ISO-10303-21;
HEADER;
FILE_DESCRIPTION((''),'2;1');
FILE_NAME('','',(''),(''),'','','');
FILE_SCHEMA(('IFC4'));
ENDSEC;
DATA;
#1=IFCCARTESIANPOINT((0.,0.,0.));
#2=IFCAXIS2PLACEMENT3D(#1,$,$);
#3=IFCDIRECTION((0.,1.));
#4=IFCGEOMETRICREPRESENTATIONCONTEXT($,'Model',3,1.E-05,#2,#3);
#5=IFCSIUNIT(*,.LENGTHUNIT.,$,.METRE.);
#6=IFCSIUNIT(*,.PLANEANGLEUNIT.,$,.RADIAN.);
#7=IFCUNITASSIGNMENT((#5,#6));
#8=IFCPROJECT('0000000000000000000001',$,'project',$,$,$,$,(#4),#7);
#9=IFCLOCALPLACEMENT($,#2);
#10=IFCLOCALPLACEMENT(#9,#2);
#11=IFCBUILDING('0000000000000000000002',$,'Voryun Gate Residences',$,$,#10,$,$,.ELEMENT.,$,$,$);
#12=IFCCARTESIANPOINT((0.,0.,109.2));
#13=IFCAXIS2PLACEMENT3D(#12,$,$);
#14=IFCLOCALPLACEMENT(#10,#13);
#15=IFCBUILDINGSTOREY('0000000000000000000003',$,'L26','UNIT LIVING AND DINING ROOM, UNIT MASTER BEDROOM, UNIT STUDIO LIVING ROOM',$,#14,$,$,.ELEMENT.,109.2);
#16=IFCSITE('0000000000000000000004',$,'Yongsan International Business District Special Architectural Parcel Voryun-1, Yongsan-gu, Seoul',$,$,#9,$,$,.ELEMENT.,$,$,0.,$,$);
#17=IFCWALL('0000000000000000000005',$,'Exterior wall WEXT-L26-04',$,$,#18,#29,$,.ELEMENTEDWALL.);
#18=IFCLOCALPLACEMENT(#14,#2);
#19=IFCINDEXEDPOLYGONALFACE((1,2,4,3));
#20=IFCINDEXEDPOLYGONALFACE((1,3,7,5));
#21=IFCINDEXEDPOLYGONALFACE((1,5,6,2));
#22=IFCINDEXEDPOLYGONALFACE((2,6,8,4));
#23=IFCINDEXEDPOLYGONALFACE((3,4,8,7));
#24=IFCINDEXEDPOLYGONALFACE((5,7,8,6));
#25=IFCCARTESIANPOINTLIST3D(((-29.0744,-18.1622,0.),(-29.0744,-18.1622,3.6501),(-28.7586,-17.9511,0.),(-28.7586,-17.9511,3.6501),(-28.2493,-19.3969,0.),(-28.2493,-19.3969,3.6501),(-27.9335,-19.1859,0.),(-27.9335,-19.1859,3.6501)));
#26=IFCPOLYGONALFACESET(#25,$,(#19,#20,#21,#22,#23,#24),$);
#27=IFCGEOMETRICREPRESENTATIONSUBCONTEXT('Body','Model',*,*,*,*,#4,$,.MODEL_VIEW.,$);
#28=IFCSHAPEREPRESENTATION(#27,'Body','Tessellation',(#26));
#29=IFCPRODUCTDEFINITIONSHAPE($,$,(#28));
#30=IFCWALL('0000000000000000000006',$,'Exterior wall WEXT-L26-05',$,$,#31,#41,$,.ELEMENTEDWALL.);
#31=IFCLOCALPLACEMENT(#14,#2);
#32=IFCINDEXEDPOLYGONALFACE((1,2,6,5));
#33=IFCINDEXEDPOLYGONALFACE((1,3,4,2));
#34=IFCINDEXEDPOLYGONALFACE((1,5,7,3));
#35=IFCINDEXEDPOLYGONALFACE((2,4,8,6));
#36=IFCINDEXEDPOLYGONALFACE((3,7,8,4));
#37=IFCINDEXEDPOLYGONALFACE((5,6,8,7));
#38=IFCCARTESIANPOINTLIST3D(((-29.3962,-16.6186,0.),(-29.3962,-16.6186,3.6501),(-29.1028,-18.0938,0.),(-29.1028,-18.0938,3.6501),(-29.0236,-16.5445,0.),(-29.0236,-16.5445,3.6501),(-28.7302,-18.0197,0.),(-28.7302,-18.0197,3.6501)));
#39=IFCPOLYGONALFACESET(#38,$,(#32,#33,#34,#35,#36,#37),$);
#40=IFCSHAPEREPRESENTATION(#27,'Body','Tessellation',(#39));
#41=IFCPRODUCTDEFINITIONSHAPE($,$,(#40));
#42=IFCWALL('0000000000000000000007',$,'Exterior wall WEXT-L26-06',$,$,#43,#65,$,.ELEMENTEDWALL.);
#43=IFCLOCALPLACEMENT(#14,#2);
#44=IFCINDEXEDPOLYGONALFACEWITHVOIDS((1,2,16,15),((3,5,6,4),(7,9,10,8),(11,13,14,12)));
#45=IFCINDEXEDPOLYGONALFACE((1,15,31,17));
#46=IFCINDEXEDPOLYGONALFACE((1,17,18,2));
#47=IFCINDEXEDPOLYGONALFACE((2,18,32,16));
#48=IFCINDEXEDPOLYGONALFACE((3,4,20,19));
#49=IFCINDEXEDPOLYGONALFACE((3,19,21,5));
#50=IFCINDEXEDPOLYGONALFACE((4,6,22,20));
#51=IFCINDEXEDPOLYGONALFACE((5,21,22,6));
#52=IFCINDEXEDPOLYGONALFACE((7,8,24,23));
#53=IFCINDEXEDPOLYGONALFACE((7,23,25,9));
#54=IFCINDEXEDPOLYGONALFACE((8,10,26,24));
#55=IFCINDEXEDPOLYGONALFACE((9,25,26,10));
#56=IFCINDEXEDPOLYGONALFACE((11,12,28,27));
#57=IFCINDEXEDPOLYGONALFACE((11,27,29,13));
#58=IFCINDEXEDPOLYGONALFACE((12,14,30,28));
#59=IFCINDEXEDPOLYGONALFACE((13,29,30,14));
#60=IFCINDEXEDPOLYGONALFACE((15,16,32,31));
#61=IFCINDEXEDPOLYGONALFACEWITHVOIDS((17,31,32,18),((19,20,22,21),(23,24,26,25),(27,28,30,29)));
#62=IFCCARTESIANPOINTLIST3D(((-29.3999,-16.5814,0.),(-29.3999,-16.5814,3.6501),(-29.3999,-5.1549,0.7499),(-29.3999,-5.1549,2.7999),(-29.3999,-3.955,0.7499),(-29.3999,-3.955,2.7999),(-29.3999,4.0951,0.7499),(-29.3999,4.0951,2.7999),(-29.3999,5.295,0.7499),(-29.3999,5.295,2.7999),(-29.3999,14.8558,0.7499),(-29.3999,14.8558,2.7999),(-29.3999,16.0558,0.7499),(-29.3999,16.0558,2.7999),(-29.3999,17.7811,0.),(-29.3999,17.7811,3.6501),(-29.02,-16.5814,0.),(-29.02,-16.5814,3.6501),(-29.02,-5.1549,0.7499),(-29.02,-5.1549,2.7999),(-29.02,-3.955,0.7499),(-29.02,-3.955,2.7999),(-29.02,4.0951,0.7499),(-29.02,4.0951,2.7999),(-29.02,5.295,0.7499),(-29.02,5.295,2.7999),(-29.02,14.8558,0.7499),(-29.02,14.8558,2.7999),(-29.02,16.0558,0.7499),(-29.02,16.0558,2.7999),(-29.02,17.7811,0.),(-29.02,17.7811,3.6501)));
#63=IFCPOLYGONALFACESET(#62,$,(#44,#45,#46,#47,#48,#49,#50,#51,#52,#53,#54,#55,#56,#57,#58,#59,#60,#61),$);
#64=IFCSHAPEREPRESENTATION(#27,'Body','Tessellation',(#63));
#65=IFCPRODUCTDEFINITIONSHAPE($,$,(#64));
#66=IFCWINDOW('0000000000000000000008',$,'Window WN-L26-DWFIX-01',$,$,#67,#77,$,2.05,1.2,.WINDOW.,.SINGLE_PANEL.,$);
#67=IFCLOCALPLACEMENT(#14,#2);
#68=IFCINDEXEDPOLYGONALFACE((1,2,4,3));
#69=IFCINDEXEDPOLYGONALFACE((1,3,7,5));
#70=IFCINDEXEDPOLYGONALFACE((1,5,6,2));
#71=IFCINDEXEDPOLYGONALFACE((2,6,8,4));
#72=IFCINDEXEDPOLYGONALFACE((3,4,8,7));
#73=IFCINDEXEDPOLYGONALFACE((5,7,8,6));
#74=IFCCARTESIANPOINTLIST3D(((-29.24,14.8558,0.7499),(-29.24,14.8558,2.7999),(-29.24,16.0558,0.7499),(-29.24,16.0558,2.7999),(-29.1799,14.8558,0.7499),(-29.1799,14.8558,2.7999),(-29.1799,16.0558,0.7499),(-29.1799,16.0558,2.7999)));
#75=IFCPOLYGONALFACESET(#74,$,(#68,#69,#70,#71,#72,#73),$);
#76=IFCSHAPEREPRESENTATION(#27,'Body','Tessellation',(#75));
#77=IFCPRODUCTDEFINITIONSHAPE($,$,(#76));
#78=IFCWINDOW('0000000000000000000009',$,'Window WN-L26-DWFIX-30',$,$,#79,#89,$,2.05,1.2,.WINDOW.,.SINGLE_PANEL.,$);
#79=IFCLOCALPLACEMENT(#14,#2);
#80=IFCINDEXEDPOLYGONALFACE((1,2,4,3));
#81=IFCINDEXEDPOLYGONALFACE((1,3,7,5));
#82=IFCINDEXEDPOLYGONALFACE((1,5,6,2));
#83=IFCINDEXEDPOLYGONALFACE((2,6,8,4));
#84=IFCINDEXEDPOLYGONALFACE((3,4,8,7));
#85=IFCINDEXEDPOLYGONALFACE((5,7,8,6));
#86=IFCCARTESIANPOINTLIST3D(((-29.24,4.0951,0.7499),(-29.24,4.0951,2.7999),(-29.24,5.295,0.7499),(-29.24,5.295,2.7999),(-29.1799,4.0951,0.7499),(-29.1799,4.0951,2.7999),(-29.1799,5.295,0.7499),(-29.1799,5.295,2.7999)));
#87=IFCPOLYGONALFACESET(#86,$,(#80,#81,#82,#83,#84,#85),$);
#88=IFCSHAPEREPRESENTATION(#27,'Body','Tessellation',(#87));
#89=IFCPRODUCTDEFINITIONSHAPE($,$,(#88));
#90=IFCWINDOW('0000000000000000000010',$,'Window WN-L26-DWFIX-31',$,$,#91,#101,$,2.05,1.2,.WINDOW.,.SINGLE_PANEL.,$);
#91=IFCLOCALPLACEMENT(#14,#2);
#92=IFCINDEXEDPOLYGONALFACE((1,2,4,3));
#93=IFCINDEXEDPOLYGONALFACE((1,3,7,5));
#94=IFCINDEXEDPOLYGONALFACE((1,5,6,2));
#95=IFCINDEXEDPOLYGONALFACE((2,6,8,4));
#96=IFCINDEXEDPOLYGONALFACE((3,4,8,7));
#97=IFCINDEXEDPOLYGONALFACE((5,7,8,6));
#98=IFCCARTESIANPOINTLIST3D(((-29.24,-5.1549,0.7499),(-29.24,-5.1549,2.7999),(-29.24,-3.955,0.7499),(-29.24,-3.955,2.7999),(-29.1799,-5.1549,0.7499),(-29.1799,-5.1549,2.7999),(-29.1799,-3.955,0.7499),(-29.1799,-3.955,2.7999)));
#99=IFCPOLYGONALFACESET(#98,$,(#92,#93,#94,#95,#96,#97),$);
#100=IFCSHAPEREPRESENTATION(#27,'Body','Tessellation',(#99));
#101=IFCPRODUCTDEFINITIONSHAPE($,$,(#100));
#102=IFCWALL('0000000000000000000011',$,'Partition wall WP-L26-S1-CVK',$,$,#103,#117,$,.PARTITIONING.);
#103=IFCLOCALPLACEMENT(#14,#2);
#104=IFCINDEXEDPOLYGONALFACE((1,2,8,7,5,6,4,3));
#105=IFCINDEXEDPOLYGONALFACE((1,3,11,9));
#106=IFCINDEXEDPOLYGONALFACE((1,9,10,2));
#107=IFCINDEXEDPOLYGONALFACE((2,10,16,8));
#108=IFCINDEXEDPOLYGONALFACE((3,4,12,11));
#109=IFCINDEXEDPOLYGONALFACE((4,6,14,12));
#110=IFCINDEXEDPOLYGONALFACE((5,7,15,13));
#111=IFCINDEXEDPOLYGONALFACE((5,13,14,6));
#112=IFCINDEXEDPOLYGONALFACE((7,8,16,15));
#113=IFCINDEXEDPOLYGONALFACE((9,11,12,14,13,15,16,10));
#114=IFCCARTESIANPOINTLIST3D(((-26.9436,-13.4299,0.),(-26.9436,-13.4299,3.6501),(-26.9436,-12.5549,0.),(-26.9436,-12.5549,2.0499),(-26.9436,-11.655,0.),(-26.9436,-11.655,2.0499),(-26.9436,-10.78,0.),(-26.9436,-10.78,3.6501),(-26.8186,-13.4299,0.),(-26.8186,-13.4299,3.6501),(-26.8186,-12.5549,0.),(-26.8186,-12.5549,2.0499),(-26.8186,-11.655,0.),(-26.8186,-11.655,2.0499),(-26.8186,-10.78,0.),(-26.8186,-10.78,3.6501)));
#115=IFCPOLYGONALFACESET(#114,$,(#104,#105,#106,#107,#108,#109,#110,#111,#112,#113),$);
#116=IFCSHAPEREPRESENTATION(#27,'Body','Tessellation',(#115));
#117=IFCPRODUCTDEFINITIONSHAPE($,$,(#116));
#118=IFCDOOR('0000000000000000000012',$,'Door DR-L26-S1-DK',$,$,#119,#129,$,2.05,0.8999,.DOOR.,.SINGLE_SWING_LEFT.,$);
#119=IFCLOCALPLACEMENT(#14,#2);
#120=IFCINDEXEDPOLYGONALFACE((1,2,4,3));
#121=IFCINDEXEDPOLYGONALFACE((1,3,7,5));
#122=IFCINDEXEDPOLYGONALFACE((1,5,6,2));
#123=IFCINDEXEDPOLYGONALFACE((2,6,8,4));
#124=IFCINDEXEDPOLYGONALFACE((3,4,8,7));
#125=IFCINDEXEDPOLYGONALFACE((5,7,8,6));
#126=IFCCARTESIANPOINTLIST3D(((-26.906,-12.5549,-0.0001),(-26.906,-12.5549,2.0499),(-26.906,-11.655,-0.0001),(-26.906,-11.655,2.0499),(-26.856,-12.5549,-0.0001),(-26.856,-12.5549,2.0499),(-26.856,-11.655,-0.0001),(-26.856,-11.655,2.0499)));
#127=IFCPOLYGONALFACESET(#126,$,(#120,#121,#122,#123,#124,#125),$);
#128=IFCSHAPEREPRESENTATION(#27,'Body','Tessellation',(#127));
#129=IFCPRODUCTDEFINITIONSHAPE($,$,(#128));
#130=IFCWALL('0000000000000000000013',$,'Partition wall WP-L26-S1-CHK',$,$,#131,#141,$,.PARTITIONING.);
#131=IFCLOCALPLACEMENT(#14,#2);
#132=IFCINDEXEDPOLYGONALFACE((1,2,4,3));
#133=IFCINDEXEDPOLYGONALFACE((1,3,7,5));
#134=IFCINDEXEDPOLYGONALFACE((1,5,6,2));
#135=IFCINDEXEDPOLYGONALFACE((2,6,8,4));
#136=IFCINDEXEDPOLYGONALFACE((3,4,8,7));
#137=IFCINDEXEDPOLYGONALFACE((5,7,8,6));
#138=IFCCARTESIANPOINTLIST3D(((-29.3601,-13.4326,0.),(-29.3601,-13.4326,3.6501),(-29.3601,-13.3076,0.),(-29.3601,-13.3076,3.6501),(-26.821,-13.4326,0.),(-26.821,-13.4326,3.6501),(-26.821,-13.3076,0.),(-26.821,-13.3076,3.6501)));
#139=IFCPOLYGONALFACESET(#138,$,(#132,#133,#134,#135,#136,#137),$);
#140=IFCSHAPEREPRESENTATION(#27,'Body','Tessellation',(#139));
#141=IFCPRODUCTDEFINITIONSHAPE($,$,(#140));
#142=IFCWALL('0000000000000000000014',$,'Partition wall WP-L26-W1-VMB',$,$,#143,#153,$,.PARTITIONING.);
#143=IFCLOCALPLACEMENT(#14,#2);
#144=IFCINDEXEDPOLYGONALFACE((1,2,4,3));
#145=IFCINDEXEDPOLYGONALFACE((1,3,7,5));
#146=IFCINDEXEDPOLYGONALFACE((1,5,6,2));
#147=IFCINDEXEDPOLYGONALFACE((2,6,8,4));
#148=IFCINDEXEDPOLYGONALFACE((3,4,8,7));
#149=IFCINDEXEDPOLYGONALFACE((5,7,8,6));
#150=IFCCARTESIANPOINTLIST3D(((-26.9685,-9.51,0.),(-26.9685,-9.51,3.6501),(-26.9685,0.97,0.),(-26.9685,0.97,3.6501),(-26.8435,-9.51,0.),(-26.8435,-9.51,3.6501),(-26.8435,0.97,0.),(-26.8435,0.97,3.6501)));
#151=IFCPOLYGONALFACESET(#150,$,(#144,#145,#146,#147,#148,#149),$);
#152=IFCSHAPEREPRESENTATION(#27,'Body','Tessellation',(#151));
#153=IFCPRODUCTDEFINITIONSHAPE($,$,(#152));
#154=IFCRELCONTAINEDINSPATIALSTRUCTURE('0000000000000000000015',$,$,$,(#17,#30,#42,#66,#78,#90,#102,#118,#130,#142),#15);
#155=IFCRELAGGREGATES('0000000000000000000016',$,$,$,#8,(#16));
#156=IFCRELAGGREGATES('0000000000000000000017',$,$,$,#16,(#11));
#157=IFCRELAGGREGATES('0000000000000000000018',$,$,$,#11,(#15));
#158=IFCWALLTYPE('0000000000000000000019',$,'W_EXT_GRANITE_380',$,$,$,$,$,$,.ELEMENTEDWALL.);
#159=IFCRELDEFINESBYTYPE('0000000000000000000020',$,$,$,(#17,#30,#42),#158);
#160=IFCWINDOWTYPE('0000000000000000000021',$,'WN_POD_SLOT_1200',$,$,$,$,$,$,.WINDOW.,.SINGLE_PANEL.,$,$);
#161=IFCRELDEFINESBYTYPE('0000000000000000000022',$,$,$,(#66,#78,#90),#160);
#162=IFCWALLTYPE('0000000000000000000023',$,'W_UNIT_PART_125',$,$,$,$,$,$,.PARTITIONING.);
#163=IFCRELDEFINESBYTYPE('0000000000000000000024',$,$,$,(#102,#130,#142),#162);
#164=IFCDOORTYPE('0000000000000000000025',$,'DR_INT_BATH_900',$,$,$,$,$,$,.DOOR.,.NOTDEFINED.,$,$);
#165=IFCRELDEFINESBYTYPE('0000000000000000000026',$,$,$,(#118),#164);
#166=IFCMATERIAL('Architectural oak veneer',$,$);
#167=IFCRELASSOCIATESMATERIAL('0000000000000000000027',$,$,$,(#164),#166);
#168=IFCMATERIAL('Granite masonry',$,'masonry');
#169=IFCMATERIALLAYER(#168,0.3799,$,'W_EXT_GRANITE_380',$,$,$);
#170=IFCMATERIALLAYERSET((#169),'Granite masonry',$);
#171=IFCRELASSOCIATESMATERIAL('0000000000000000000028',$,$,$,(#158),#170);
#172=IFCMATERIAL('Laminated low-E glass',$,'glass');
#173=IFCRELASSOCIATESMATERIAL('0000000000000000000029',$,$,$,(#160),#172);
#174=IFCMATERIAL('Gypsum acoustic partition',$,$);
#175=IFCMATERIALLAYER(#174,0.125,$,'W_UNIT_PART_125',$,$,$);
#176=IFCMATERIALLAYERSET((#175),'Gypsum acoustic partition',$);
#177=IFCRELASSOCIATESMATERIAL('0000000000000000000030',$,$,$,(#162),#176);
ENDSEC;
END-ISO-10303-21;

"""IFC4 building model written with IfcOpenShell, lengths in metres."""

from ifc_helpers import new_model, si_unit, direction, frame, frame_2d, origin, place, context, subcontext, project, spatial, rectangle, extrude, material, layer, layer_set, type_object, element, fill, save


model = new_model("IFC4")

# Units and contexts
model_context = context("Model", 3, precision=1e-05, world=origin(), true_north=direction((0.0, 1.0)))
body_context = subcontext(model_context, "Body", "Model", "MODEL_VIEW")
ifc_project = project(units=[si_unit("LENGTHUNIT", "METRE"), si_unit("PLANEANGLEUNIT", "RADIAN")], contexts=[model_context])

# Site, building, storey
site_placement = place(None, origin())
site = spatial("IfcSite", under=ifc_project, at=site_placement, Name="Yongsan International Business District Special Architectural Parcel Voryun-1, Yongsan-gu, Seoul", CompositionType="ELEMENT", RefElevation=0.0)
building_placement = place(site_placement, origin())
building = spatial("IfcBuilding", under=site, at=building_placement, Name="Voryun Gate Residences", CompositionType="ELEMENT")
storey_placement = place(building_placement, frame((0.0, 0.0, 109.2)))
storey = spatial("IfcBuildingStorey", under=building, at=storey_placement, Name="L26", Description="UNIT LIVING AND DINING ROOM, UNIT MASTER BEDROOM, UNIT STUDIO LIVING ROOM", CompositionType="ELEMENT", Elevation=109.2)

# Shared definitions
ifc_material_1 = material(Name="Architectural oak veneer")
door_type_1 = type_object("IfcDoorType", Name="DR_INT_BATH_900", OperationType="NOTDEFINED", PredefinedType="DOOR", material=ifc_material_1)

# Walls
ifc_material_2 = material(Name="Granite masonry", Category="masonry")
ifc_layer_1 = layer(ifc_material_2, 0.3799, Name="W_EXT_GRANITE_380")
ifc_layer_set_1 = layer_set([ifc_layer_1], Name="Granite masonry")
wall_type_1 = type_object("IfcWallType", Name="W_EXT_GRANITE_380", PredefinedType="ELEMENTEDWALL", material=ifc_layer_set_1)
wall_1_placement = place(storey_placement, frame((-28.0913, -19.2915, 0.0), z_axis=(0.0, 0.0, 1.0), x_axis=(-0.55561, 0.831443, 0.0)))
element("IfcWall", 1, at=wall_1_placement, inside=storey, type_object=wall_type_1, Name="Exterior wall WEXT-L26-04", PredefinedType="ELEMENTEDWALL", context=body_context, shape_type="SweptSolid", body=[
    extrude(rectangle(XDim=1.4851, YDim=0.3799, at=frame_2d((0.7427, 0.0))), origin(), (0.0, 0.0, 1.0), 3.6501),
])
wall_2_placement = place(storey_placement, frame((-28.9165, -18.0566, 0.0), z_axis=(0.0, 0.0, 1.0), x_axis=(-0.195086, 0.980786, 0.0)))
element("IfcWall", 2, at=wall_2_placement, inside=storey, type_object=wall_type_1, Name="Exterior wall WEXT-L26-05", PredefinedType="ELEMENTEDWALL", context=body_context, shape_type="SweptSolid", body=[
    extrude(rectangle(XDim=1.5042, YDim=0.3799, at=frame_2d((0.752, 0.0))), origin(), (0.0, 0.0, 1.0), 3.6501),
])

# Wall, openings, windows
wall_3_placement = place(storey_placement, frame((-29.21, -16.5813, 0.0), z_axis=(0.0, 0.0, 1.0), x_axis=(0.0, 1.0, 0.0)))
wall_3 = element("IfcWall", 3, at=wall_3_placement, inside=storey, type_object=wall_type_1, Name="Exterior wall WEXT-L26-06", PredefinedType="ELEMENTEDWALL", context=body_context, shape_type="SweptSolid", body=[
    extrude(rectangle(XDim=34.3625, YDim=0.3799, at=frame_2d((17.1812, 0.0))), origin(), (0.0, 0.0, 1.0), 3.6501),
])
opening_1_placement = place(wall_3_placement, frame((31.437, 0.0, 0.75)))
opening_1 = element("IfcOpeningElement", 4, at=opening_1_placement, cuts=wall_3, PredefinedType="OPENING", context=body_context, shape_type="SweptSolid", body=[
    extrude(rectangle(XDim=1.2, YDim=2.05, at=frame_2d((0.6001, 1.0249))), frame((0.0, 0.2, 0.0), z_axis=(0.0, -1.0, 0.0), x_axis=(1.0, 0.0, 0.0)), (0.0, 0.0, 1.0), 0.3999),
])
opening_2_placement = place(wall_3_placement, frame((20.6763, 0.0, 0.75)))
opening_2 = element("IfcOpeningElement", 5, at=opening_2_placement, cuts=wall_3, PredefinedType="OPENING", context=body_context, shape_type="SweptSolid", body=[
    extrude(rectangle(XDim=1.2, YDim=2.05, at=frame_2d((0.6001, 1.0249))), frame((0.0, 0.2, 0.0), z_axis=(0.0, -1.0, 0.0), x_axis=(1.0, 0.0, 0.0)), (0.0, 0.0, 1.0), 0.3999),
])
opening_3_placement = place(wall_3_placement, frame((11.4263, 0.0, 0.75)))
opening_3 = element("IfcOpeningElement", 6, at=opening_3_placement, cuts=wall_3, PredefinedType="OPENING", context=body_context, shape_type="SweptSolid", body=[
    extrude(rectangle(XDim=1.2, YDim=2.05, at=frame_2d((0.6001, 1.0249))), frame((0.0, 0.2, 0.0), z_axis=(0.0, -1.0, 0.0), x_axis=(1.0, 0.0, 0.0)), (0.0, 0.0, 1.0), 0.3999),
])
ifc_material_3 = material(Name="Laminated low-E glass", Category="glass")
window_type = type_object("IfcWindowType", Name="WN_POD_SLOT_1200", PartitioningType="SINGLE_PANEL", PredefinedType="WINDOW", material=ifc_material_3)
window_1_placement = place(opening_1_placement, origin())
window_1 = element("IfcWindow", 7, at=window_1_placement, inside=storey, type_object=window_type, Name="Window WN-L26-DWFIX-01", OverallHeight=2.05, OverallWidth=1.2, PartitioningType="SINGLE_PANEL", PredefinedType="WINDOW", context=body_context, shape_type="SweptSolid", body=[
    extrude(rectangle(XDim=1.2, YDim=2.05, at=frame_2d((0.6001, 1.0249))), frame((0.0, 0.03, 0.0), z_axis=(0.0, -1.0, 0.0), x_axis=(1.0, 0.0, 0.0)), (0.0, 0.0, 1.0), 0.0601),
])
fill(opening_1, window_1)
window_2_placement = place(opening_2_placement, origin())
window_2 = element("IfcWindow", 8, at=window_2_placement, inside=storey, type_object=window_type, Name="Window WN-L26-DWFIX-30", OverallHeight=2.05, OverallWidth=1.2, PartitioningType="SINGLE_PANEL", PredefinedType="WINDOW", context=body_context, shape_type="SweptSolid", body=[
    extrude(rectangle(XDim=1.2, YDim=2.05, at=frame_2d((0.6001, 1.0249))), frame((0.0, 0.03, 0.0), z_axis=(0.0, -1.0, 0.0), x_axis=(1.0, 0.0, 0.0)), (0.0, 0.0, 1.0), 0.0601),
])
fill(opening_2, window_2)
window_3_placement = place(opening_3_placement, origin())
window_3 = element("IfcWindow", 9, at=window_3_placement, inside=storey, type_object=window_type, Name="Window WN-L26-DWFIX-31", OverallHeight=2.05, OverallWidth=1.2, PartitioningType="SINGLE_PANEL", PredefinedType="WINDOW", context=body_context, shape_type="SweptSolid", body=[
    extrude(rectangle(XDim=1.2, YDim=2.05, at=frame_2d((0.6001, 1.0249))), frame((0.0, 0.03, 0.0), z_axis=(0.0, -1.0, 0.0), x_axis=(1.0, 0.0, 0.0)), (0.0, 0.0, 1.0), 0.0601),
])
fill(opening_3, window_3)

# Wall, opening, door
ifc_material_4 = material(Name="Gypsum acoustic partition")
ifc_layer_2 = layer(ifc_material_4, 0.125, Name="W_UNIT_PART_125")
ifc_layer_set_2 = layer_set([ifc_layer_2], Name="Gypsum acoustic partition")
wall_type_2 = type_object("IfcWallType", Name="W_UNIT_PART_125", PredefinedType="PARTITIONING", material=ifc_layer_set_2)
wall_4_placement = place(storey_placement, frame((-26.8811, -13.4299, 0.0), z_axis=(0.0, 0.0, 1.0), x_axis=(0.0, 1.0, 0.0)))
wall_4 = element("IfcWall", 10, at=wall_4_placement, inside=storey, type_object=wall_type_2, Name="Partition wall WP-L26-S1-CVK", PredefinedType="PARTITIONING", context=body_context, shape_type="SweptSolid", body=[
    extrude(rectangle(XDim=2.6499, YDim=0.125, at=frame_2d((1.325, 0.0))), origin(), (0.0, 0.0, 1.0), 3.6501),
])
opening_4_placement = place(wall_4_placement, frame((0.875, 0.0, 0.0)))
opening_4 = element("IfcOpeningElement", 11, at=opening_4_placement, cuts=wall_4, PredefinedType="OPENING", context=body_context, shape_type="SweptSolid", body=[
    extrude(rectangle(XDim=0.8999, YDim=2.05, at=frame_2d((0.45, 1.0249))), frame((0.0, 0.0725, 0.0), z_axis=(0.0, -1.0, 0.0), x_axis=(1.0, 0.0, 0.0)), (0.0, 0.0, 1.0), 0.145),
])
door_1_placement = place(opening_4_placement, origin())
door_1 = element("IfcDoor", 12, at=door_1_placement, inside=storey, type_object=door_type_1, Name="Door DR-L26-S1-DK", OperationType="SINGLE_SWING_LEFT", OverallHeight=2.05, OverallWidth=0.8999, PredefinedType="DOOR", context=body_context, shape_type="SweptSolid", body=[
    extrude(rectangle(XDim=0.8999, YDim=2.05, at=frame_2d((0.45, 1.0249))), frame((0.0, 0.0249, 0.0), z_axis=(0.0, -1.0, 0.0), x_axis=(1.0, 0.0, 0.0)), (0.0, 0.0, 1.0), 0.05),
])
fill(opening_4, door_1)

# Walls
wall_5_placement = place(storey_placement, frame((-29.3601, -13.3701, 0.0), z_axis=(0.0, 0.0, 1.0), x_axis=(1.0, 0.0, 0.0)))
element("IfcWall", 13, at=wall_5_placement, inside=storey, type_object=wall_type_2, Name="Partition wall WP-L26-S1-CHK", PredefinedType="PARTITIONING", context=body_context, shape_type="SweptSolid", body=[
    extrude(rectangle(XDim=2.5391, YDim=0.125, at=frame_2d((1.2695, 0.0))), origin(), (0.0, 0.0, 1.0), 3.6501),
])
wall_6_placement = place(storey_placement, frame((-26.906, -9.51, 0.0), z_axis=(0.0, 0.0, 1.0), x_axis=(0.0, 1.0, 0.0)))
element("IfcWall", 14, at=wall_6_placement, inside=storey, type_object=wall_type_2, Name="Partition wall WP-L26-W1-VMB", PredefinedType="PARTITIONING", context=body_context, shape_type="SweptSolid", body=[
    extrude(rectangle(XDim=10.48, YDim=0.125, at=frame_2d((5.24, 0.0))), origin(), (0.0, 0.0, 1.0), 3.6501),
])

save(model, "model.ifc")
